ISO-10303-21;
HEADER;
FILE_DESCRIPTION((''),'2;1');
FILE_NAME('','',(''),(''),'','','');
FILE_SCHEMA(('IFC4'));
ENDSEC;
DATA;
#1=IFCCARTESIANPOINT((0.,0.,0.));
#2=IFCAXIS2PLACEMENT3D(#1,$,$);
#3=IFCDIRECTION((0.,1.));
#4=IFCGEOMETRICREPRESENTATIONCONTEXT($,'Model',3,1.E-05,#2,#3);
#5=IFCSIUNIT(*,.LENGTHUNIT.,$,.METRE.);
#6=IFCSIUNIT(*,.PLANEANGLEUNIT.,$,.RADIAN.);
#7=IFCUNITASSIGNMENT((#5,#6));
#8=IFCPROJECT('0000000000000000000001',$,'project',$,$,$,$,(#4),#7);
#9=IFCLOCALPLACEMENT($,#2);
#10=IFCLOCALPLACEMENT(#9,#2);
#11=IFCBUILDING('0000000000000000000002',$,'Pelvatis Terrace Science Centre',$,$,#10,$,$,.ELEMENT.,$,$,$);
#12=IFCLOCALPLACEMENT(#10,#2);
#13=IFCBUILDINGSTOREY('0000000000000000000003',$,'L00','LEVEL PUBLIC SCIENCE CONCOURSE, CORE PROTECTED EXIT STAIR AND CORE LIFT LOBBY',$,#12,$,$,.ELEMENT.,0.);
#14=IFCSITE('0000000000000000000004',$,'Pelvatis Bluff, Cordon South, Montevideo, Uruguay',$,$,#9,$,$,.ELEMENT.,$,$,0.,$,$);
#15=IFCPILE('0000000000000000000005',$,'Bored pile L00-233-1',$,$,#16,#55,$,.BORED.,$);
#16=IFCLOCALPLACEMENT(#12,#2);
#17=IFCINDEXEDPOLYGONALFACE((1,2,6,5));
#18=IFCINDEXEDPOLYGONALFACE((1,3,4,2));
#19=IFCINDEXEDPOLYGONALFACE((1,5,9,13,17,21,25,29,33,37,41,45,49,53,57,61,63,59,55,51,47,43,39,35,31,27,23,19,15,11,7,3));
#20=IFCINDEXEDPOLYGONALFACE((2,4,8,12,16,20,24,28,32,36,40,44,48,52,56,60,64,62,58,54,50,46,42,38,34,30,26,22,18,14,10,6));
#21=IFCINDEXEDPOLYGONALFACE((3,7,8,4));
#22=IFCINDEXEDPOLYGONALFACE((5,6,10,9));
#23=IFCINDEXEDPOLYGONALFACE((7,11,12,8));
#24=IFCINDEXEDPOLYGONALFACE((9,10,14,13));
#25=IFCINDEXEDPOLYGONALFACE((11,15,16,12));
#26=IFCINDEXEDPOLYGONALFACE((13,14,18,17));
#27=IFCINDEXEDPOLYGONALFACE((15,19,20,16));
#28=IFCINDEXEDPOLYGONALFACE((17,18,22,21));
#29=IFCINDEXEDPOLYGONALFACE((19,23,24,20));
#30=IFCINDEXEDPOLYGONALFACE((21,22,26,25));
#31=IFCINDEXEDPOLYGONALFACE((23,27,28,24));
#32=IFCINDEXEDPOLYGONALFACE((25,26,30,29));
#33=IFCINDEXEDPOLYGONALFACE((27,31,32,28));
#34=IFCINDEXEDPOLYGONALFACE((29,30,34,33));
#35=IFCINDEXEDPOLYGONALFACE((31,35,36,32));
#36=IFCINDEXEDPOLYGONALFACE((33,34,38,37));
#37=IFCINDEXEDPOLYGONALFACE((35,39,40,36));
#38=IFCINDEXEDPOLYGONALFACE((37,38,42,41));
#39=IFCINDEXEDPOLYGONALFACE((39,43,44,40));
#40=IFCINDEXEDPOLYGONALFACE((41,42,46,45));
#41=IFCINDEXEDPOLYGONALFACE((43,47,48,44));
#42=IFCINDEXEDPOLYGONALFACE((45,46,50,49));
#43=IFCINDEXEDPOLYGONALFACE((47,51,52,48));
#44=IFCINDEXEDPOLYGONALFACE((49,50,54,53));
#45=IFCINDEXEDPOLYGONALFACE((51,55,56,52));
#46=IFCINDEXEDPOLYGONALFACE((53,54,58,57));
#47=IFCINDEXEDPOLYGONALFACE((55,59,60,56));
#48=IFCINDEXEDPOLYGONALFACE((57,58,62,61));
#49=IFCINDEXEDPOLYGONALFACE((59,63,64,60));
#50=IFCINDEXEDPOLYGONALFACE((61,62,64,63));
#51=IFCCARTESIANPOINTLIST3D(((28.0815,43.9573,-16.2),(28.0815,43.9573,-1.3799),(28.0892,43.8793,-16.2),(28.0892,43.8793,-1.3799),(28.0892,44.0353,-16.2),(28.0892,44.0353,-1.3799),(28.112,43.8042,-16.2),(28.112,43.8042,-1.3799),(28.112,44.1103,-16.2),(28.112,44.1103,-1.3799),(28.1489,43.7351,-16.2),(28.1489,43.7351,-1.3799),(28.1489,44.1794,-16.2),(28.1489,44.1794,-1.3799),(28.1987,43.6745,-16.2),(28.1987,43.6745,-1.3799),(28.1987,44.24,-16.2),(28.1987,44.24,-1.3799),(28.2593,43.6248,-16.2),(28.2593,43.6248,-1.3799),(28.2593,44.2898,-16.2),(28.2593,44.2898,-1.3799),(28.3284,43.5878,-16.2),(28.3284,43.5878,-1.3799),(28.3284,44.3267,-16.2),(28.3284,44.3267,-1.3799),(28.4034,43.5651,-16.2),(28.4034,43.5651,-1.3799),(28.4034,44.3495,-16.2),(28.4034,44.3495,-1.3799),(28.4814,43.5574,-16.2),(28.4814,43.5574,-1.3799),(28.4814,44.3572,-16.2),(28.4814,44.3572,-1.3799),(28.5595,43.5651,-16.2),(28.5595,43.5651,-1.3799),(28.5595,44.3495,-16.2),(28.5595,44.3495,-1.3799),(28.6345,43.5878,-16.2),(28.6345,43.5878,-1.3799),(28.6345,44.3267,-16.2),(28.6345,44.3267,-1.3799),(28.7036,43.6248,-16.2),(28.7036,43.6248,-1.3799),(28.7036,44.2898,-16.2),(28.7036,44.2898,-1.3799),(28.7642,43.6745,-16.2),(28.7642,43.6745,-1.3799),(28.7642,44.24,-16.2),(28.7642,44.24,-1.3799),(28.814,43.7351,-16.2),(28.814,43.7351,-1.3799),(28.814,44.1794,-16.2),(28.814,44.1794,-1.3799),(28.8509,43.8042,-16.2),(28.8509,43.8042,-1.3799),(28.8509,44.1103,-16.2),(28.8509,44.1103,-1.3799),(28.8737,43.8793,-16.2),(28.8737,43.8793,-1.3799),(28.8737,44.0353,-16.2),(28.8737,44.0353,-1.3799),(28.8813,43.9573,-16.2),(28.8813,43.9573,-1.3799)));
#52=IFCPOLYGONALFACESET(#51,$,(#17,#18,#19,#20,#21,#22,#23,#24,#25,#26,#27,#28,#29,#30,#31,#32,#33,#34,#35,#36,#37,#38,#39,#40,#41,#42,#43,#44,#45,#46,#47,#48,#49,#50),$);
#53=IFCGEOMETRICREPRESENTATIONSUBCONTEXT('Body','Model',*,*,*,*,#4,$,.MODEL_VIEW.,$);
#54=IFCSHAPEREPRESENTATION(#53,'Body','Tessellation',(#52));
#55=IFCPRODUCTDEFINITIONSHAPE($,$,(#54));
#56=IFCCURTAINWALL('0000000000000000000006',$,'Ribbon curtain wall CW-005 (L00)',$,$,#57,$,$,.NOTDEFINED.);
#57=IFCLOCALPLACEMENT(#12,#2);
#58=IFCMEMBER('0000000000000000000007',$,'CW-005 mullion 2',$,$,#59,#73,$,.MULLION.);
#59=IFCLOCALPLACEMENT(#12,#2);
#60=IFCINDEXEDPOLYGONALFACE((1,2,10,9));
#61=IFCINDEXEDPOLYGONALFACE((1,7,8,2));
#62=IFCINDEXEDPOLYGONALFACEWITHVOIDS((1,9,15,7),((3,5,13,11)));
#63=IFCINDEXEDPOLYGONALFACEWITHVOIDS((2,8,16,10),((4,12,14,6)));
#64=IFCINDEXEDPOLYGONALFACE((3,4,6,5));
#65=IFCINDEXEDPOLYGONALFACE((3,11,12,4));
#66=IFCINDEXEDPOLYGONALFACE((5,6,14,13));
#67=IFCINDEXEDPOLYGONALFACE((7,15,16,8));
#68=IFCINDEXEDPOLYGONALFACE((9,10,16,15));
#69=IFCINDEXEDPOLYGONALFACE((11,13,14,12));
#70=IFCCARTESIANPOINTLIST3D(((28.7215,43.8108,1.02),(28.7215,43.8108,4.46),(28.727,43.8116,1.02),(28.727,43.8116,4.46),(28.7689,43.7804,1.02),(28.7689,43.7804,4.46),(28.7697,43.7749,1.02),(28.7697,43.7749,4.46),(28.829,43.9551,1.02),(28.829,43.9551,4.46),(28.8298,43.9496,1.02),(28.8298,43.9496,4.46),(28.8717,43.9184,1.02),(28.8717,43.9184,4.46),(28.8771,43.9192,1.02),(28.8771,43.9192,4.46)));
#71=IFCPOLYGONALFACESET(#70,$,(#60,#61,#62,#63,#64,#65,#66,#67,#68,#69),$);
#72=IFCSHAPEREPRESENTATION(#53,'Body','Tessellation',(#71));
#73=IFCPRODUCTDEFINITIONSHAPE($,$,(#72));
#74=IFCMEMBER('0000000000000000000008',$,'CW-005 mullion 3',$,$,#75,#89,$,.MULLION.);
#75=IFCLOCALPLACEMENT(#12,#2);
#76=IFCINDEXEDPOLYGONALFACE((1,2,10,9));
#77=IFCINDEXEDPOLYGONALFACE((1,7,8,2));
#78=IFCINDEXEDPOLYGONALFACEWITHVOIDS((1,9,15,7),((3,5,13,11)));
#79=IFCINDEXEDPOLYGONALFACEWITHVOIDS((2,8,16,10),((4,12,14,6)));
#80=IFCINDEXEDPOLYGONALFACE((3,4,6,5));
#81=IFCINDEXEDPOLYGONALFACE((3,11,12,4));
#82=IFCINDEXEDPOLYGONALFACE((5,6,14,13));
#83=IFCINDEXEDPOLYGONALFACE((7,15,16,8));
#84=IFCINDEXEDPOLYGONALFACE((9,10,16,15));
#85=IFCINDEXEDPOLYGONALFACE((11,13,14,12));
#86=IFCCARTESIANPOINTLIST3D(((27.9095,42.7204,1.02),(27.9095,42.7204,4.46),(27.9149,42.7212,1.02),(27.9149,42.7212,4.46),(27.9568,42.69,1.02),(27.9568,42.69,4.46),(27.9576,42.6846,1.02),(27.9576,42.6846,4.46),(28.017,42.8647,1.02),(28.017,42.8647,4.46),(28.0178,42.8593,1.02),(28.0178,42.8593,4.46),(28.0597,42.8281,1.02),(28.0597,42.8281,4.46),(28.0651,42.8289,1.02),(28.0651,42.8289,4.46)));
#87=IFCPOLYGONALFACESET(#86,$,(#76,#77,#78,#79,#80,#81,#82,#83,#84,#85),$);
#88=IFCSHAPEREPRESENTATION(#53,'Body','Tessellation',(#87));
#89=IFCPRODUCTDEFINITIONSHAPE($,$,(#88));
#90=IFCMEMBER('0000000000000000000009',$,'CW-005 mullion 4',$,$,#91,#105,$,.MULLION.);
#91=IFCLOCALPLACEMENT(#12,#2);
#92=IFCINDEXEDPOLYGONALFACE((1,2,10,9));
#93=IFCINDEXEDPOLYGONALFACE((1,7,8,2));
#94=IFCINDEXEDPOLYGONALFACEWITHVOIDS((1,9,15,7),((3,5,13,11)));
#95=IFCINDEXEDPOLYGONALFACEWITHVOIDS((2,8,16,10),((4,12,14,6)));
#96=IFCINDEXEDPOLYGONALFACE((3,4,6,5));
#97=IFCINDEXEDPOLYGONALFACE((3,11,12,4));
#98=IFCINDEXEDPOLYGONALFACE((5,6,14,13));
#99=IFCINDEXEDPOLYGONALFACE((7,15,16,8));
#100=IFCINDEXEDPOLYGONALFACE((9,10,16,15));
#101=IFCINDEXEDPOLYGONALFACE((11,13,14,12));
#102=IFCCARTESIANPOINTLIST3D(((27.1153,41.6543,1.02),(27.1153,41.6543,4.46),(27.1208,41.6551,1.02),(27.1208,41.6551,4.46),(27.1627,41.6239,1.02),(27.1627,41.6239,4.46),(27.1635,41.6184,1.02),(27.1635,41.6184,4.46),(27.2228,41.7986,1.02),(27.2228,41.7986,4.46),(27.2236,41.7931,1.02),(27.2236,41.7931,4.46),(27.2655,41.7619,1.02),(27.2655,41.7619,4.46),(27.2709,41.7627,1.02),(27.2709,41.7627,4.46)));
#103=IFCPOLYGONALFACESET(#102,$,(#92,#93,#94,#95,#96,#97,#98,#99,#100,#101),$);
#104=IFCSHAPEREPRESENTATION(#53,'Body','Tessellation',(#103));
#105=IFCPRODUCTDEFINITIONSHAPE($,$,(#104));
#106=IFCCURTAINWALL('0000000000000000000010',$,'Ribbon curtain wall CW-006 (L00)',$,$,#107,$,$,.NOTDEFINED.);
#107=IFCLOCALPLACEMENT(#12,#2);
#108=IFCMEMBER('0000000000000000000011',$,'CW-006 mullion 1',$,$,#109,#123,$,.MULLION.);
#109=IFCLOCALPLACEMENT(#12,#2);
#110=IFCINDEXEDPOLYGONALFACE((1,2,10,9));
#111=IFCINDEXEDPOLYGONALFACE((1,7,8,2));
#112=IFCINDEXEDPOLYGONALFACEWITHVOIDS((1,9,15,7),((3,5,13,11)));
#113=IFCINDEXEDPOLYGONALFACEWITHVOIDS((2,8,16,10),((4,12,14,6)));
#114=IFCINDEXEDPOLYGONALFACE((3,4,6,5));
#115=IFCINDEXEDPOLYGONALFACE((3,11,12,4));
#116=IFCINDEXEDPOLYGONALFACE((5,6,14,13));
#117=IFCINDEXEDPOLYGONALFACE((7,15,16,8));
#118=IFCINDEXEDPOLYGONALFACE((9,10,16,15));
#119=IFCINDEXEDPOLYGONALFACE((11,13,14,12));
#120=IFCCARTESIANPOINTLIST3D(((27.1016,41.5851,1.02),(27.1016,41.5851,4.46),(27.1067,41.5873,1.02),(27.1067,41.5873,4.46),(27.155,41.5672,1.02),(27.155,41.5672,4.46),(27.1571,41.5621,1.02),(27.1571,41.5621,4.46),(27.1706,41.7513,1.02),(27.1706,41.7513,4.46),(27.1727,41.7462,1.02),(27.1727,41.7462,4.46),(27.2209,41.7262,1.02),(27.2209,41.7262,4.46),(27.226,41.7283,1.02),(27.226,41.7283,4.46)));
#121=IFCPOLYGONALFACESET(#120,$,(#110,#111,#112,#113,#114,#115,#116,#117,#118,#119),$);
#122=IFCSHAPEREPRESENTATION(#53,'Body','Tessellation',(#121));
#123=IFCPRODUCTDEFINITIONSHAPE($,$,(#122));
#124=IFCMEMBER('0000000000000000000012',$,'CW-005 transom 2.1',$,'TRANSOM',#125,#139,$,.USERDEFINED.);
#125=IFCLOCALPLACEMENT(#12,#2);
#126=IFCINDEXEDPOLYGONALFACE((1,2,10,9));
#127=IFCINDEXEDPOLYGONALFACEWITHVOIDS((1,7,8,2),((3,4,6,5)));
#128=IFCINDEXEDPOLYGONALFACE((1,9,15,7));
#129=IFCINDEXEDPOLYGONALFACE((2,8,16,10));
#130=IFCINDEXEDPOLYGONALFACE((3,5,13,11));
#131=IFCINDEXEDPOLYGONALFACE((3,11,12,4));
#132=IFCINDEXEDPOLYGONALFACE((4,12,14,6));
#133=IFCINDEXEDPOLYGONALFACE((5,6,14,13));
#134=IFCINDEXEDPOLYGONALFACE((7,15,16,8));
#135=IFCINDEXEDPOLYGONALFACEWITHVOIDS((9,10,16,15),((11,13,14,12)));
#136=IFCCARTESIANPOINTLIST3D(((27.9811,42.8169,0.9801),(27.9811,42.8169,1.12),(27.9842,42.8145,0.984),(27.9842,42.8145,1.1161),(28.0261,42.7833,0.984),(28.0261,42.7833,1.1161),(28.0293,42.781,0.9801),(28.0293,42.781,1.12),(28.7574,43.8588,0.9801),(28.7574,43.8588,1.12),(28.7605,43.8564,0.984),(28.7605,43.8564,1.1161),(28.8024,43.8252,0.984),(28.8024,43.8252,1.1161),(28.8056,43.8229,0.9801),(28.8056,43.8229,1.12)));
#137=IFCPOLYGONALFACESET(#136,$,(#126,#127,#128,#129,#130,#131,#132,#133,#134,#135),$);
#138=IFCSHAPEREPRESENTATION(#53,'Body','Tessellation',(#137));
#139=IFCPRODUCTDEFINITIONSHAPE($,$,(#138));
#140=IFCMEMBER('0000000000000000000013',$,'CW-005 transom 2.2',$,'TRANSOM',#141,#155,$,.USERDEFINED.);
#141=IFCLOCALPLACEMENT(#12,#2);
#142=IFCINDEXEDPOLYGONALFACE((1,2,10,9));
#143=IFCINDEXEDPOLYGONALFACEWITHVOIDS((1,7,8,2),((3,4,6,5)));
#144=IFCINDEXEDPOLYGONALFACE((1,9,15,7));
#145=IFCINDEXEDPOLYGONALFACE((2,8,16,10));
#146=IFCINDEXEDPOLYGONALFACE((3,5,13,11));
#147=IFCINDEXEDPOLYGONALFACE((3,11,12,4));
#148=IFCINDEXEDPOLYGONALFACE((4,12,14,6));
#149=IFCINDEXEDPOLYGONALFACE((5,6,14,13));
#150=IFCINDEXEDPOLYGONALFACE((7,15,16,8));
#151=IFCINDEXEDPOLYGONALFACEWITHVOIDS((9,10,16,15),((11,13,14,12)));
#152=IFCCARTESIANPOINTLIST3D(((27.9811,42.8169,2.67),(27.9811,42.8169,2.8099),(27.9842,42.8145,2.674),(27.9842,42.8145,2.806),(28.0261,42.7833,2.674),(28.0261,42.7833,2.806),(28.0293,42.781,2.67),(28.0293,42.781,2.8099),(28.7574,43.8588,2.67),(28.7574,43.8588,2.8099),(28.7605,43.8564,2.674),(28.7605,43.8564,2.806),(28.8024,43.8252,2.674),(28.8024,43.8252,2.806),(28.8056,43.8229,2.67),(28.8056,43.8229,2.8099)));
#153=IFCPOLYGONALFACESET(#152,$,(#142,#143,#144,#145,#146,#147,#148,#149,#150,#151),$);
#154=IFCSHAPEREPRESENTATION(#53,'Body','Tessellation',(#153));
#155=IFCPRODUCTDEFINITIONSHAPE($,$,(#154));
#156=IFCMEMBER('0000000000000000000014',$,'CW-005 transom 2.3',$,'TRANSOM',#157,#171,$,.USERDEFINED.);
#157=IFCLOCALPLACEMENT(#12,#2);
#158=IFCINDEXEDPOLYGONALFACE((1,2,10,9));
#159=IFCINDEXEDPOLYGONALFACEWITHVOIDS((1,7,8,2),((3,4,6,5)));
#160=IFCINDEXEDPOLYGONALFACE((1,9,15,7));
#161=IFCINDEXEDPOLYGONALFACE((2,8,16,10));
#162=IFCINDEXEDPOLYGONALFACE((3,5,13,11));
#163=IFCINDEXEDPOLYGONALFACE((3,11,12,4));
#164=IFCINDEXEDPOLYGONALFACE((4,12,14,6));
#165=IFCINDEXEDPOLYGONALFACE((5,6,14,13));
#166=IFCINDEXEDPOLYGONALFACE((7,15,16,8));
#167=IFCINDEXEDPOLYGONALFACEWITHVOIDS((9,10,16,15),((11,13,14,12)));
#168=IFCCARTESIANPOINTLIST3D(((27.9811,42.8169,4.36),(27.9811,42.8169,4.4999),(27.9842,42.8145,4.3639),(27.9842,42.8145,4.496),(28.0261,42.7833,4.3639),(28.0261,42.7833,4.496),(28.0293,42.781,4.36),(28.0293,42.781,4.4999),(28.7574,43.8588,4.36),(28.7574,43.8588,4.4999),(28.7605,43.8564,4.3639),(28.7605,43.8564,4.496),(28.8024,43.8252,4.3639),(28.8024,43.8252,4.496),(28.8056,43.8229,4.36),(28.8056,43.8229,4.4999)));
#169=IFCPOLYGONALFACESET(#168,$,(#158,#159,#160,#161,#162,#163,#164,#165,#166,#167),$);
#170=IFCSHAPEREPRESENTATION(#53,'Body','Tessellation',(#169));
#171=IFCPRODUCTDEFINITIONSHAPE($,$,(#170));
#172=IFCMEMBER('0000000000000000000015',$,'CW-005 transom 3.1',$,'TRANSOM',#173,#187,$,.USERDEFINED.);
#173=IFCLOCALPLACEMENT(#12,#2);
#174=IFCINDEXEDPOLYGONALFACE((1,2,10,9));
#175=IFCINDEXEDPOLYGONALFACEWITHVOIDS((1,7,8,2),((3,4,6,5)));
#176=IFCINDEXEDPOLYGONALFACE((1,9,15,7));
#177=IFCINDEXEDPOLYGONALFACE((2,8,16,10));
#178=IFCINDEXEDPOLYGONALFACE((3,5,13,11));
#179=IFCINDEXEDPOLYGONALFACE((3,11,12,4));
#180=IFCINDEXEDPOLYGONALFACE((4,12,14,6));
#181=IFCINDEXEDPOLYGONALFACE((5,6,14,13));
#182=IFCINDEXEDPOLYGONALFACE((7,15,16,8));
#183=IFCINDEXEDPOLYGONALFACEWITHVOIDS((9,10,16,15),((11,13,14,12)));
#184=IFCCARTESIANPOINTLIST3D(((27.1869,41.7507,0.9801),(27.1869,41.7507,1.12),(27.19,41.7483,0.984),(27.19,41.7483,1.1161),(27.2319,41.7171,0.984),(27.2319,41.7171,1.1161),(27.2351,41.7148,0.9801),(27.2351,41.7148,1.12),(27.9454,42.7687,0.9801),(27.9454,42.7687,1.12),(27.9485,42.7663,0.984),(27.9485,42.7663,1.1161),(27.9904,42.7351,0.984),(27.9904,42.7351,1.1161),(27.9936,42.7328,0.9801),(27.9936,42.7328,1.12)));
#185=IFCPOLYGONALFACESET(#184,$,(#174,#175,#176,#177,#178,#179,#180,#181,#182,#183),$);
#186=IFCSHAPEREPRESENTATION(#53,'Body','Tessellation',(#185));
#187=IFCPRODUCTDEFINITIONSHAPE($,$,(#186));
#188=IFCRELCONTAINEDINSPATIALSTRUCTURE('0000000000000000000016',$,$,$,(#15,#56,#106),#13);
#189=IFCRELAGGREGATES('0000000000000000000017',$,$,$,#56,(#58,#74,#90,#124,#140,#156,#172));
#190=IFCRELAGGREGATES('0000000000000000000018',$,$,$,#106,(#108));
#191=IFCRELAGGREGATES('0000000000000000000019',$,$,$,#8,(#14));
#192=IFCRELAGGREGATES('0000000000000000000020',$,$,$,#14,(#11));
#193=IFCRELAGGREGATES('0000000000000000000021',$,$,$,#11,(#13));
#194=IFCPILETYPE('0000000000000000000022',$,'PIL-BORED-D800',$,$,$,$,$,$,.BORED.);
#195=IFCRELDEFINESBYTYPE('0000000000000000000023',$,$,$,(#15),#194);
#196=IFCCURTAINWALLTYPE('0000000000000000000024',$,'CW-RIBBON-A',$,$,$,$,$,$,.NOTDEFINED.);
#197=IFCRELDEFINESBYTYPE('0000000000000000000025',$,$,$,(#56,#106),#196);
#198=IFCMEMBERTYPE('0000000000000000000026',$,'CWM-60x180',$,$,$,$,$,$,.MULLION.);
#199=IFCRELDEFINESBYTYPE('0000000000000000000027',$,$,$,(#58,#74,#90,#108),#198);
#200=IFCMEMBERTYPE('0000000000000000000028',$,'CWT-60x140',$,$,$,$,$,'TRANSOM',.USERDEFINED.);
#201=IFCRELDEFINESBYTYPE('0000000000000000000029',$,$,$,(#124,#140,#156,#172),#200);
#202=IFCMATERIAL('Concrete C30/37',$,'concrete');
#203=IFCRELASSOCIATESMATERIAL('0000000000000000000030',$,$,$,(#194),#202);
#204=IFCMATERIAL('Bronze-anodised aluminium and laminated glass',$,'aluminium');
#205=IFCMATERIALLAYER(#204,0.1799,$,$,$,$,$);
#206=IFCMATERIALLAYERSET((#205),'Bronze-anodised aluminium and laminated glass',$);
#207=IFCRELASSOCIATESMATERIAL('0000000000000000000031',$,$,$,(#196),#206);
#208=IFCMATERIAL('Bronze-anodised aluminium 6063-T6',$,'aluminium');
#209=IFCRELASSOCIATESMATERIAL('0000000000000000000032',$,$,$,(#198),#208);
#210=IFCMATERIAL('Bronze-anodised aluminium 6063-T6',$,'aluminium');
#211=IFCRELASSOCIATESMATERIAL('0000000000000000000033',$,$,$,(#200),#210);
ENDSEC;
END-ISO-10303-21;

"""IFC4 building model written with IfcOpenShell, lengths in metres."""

from ifc_helpers import new_model, si_unit, direction, frame, origin, origin_2d, place, context, subcontext, project, spatial, hollow_rectangle, circle, extrude, material, layer, layer_set, material_profile, profile_set, type_object, element, aggregate, save


model = new_model("IFC4")

# Units and contexts
model_context = context("Model", 3, precision=1e-05, world=origin(), true_north=direction((0.0, 1.0)))
body_context = subcontext(model_context, "Body", "Model", "MODEL_VIEW")
ifc_project = project(units=[si_unit("LENGTHUNIT", "METRE"), si_unit("PLANEANGLEUNIT", "RADIAN")], contexts=[model_context])

# Site, building, storey
site_placement = place(None, origin())
site = spatial("IfcSite", under=ifc_project, at=site_placement, Name="Pelvatis Bluff, Cordon South, Montevideo, Uruguay", CompositionType="ELEMENT", RefElevation=0.0)
building_placement = place(site_placement, origin())
building = spatial("IfcBuilding", under=site, at=building_placement, Name="Pelvatis Terrace Science Centre", CompositionType="ELEMENT")
storey_placement = place(building_placement, origin())
storey = spatial("IfcBuildingStorey", under=building, at=storey_placement, Name="L00", Description="LEVEL PUBLIC SCIENCE CONCOURSE, CORE PROTECTED EXIT STAIR AND CORE LIFT LOBBY", CompositionType="ELEMENT", Elevation=0.0)

# Pile
ifc_material_1 = material(Name="Concrete C30/37", Category="concrete")
ifc_material_profile_1 = material_profile(ifc_material_1, circle(Radius=0.3999, at=origin_2d()), Name="PILE D800")
ifc_profile_set_1 = profile_set([ifc_material_profile_1], Name="Concrete C30/37")
pile_type = type_object("IfcPileType", Name="PIL-BORED-D800", PredefinedType="BORED", material=ifc_profile_set_1)
pile_placement = place(storey_placement, frame((28.4814, 43.9573, -1.3799), z_axis=(0.0, 0.0, -1.0), x_axis=(1.0, 0.0, 0.0)))
element("IfcPile", 1, at=pile_placement, inside=storey, type_object=pile_type, Name="Bored pile L00-233-1", PredefinedType="BORED", context=body_context, shape_type="SweptSolid", body=[
    extrude(circle(Radius=0.3999, at=origin_2d()), origin(), (0.0, 0.0, 1.0), 14.8201),
])

# Curtain wall, members
ifc_material_2 = material(Name="Bronze-anodised aluminium and laminated glass", Category="aluminium")
ifc_layer_1 = layer(ifc_material_2, 0.1799)
ifc_layer_set_1 = layer_set([ifc_layer_1], Name="Bronze-anodised aluminium and laminated glass")
curtain_wall_type = type_object("IfcCurtainWallType", Name="CW-RIBBON-A", PredefinedType="NOTDEFINED", material=ifc_layer_set_1)
curtain_wall_1_placement = place(storey_placement, origin())
curtain_wall_1 = element("IfcCurtainWall", 2, at=curtain_wall_1_placement, inside=storey, type_object=curtain_wall_type, Name="Ribbon curtain wall CW-005 (L00)", PredefinedType="NOTDEFINED")
ifc_material_3 = material(Name="Bronze-anodised aluminium 6063-T6", Category="aluminium")
ifc_material_profile_2 = material_profile(ifc_material_3, hollow_rectangle(XDim=0.0601, YDim=0.1799, WallThickness=0.0039, at=origin_2d()), Name="ALU-MUL 60x180")
ifc_profile_set_2 = profile_set([ifc_material_profile_2], Name="Bronze-anodised aluminium 6063-T6")
member_type_1 = type_object("IfcMemberType", Name="CWM-60x180", PredefinedType="MULLION", material=ifc_profile_set_2)
member_1_placement = place(storey_placement, frame((28.7993, 43.865, 1.02), z_axis=(0.0, 0.0, 1.0), x_axis=(0.801964, -0.597372, 0.0)))
member_1 = element("IfcMember", 3, at=member_1_placement, type_object=member_type_1, Name="CW-005 mullion 2", PredefinedType="MULLION", context=body_context, shape_type="SweptSolid", body=[
    extrude(hollow_rectangle(XDim=0.0601, YDim=0.1799, WallThickness=0.0039, at=origin_2d()), origin(), (0.0, 0.0, 1.0), 3.4399),
])
member_2_placement = place(storey_placement, frame((27.9873, 42.7747, 1.02), z_axis=(0.0, 0.0, 1.0), x_axis=(0.801964, -0.597372, 0.0)))
member_2 = element("IfcMember", 4, at=member_2_placement, type_object=member_type_1, Name="CW-005 mullion 3", PredefinedType="MULLION", context=body_context, shape_type="SweptSolid", body=[
    extrude(hollow_rectangle(XDim=0.0601, YDim=0.1799, WallThickness=0.0039, at=origin_2d()), origin(), (0.0, 0.0, 1.0), 3.4399),
])
member_3_placement = place(storey_placement, frame((27.1931, 41.7085, 1.02), z_axis=(0.0, 0.0, 1.0), x_axis=(0.801964, -0.597372, 0.0)))
member_3 = element("IfcMember", 5, at=member_3_placement, type_object=member_type_1, Name="CW-005 mullion 4", PredefinedType="MULLION", context=body_context, shape_type="SweptSolid", body=[
    extrude(hollow_rectangle(XDim=0.0601, YDim=0.1799, WallThickness=0.0039, at=origin_2d()), origin(), (0.0, 0.0, 1.0), 3.4399),
])

# Curtain wall, member
curtain_wall_2_placement = place(storey_placement, origin())
curtain_wall_2 = element("IfcCurtainWall", 6, at=curtain_wall_2_placement, inside=storey, type_object=curtain_wall_type, Name="Ribbon curtain wall CW-006 (L00)", PredefinedType="NOTDEFINED")
member_4_placement = place(storey_placement, frame((27.1638, 41.6567, 1.02), z_axis=(0.0, 0.0, 1.0), x_axis=(0.923674, -0.38318, 0.0)))
member_4 = element("IfcMember", 7, at=member_4_placement, type_object=member_type_1, Name="CW-006 mullion 1", PredefinedType="MULLION", context=body_context, shape_type="SweptSolid", body=[
    extrude(hollow_rectangle(XDim=0.0601, YDim=0.1799, WallThickness=0.0039, at=origin_2d()), origin(), (0.0, 0.0, 1.0), 3.4399),
])

# Members
ifc_material_4 = material(Name="Bronze-anodised aluminium 6063-T6", Category="aluminium")
ifc_material_profile_3 = material_profile(ifc_material_4, hollow_rectangle(XDim=0.0601, YDim=0.1399, WallThickness=0.0039, at=origin_2d()), Name="ALU-TRN 60x140")
ifc_profile_set_3 = profile_set([ifc_material_profile_3], Name="Bronze-anodised aluminium 6063-T6")
member_type_2 = type_object("IfcMemberType", Name="CWT-60x140", ElementType="TRANSOM", PredefinedType="USERDEFINED", material=ifc_profile_set_3)
member_5_placement = place(storey_placement, frame((28.7815, 43.8408, 1.05), z_axis=(-0.597472, -0.80189, 0.0), x_axis=(0.80189, -0.597472, 0.0)))
member_5 = element("IfcMember", 8, at=member_5_placement, type_object=member_type_2, Name="CW-005 transom 2.1", ObjectType="TRANSOM", PredefinedType="USERDEFINED", context=body_context, shape_type="SweptSolid", body=[
    extrude(hollow_rectangle(XDim=0.0601, YDim=0.1399, WallThickness=0.0039, at=origin_2d()), origin(), (0.0, 0.0, 1.0), 1.2993),
])
member_6_placement = place(storey_placement, frame((28.7815, 43.8408, 2.74), z_axis=(-0.597472, -0.80189, 0.0), x_axis=(0.80189, -0.597472, 0.0)))
member_6 = element("IfcMember", 9, at=member_6_placement, type_object=member_type_2, Name="CW-005 transom 2.2", ObjectType="TRANSOM", PredefinedType="USERDEFINED", context=body_context, shape_type="SweptSolid", body=[
    extrude(hollow_rectangle(XDim=0.0601, YDim=0.1399, WallThickness=0.0039, at=origin_2d()), origin(), (0.0, 0.0, 1.0), 1.2993),
])
member_7_placement = place(storey_placement, frame((28.7815, 43.8408, 4.4299), z_axis=(-0.597472, -0.80189, 0.0), x_axis=(0.80189, -0.597472, 0.0)))
member_7 = element("IfcMember", 10, at=member_7_placement, type_object=member_type_2, Name="CW-005 transom 2.3", ObjectType="TRANSOM", PredefinedType="USERDEFINED", context=body_context, shape_type="SweptSolid", body=[
    extrude(hollow_rectangle(XDim=0.0601, YDim=0.1399, WallThickness=0.0039, at=origin_2d()), origin(), (0.0, 0.0, 1.0), 1.2993),
])
member_8_placement = place(storey_placement, frame((27.9695, 42.7507, 1.05), z_axis=(-0.597474, -0.801888, 0.0), x_axis=(0.801888, -0.597474, 0.0)))
member_8 = element("IfcMember", 11, at=member_8_placement, type_object=member_type_2, Name="CW-005 transom 3.1", ObjectType="TRANSOM", PredefinedType="USERDEFINED", context=body_context, shape_type="SweptSolid", body=[
    extrude(hollow_rectangle(XDim=0.0601, YDim=0.1399, WallThickness=0.0039, at=origin_2d()), origin(), (0.0, 0.0, 1.0), 1.2695),
])

aggregate(curtain_wall_1, [member_1, member_2, member_3, member_5, member_6, member_7, member_8])
aggregate(curtain_wall_2, [member_4])

save(model, "model.ifc")
